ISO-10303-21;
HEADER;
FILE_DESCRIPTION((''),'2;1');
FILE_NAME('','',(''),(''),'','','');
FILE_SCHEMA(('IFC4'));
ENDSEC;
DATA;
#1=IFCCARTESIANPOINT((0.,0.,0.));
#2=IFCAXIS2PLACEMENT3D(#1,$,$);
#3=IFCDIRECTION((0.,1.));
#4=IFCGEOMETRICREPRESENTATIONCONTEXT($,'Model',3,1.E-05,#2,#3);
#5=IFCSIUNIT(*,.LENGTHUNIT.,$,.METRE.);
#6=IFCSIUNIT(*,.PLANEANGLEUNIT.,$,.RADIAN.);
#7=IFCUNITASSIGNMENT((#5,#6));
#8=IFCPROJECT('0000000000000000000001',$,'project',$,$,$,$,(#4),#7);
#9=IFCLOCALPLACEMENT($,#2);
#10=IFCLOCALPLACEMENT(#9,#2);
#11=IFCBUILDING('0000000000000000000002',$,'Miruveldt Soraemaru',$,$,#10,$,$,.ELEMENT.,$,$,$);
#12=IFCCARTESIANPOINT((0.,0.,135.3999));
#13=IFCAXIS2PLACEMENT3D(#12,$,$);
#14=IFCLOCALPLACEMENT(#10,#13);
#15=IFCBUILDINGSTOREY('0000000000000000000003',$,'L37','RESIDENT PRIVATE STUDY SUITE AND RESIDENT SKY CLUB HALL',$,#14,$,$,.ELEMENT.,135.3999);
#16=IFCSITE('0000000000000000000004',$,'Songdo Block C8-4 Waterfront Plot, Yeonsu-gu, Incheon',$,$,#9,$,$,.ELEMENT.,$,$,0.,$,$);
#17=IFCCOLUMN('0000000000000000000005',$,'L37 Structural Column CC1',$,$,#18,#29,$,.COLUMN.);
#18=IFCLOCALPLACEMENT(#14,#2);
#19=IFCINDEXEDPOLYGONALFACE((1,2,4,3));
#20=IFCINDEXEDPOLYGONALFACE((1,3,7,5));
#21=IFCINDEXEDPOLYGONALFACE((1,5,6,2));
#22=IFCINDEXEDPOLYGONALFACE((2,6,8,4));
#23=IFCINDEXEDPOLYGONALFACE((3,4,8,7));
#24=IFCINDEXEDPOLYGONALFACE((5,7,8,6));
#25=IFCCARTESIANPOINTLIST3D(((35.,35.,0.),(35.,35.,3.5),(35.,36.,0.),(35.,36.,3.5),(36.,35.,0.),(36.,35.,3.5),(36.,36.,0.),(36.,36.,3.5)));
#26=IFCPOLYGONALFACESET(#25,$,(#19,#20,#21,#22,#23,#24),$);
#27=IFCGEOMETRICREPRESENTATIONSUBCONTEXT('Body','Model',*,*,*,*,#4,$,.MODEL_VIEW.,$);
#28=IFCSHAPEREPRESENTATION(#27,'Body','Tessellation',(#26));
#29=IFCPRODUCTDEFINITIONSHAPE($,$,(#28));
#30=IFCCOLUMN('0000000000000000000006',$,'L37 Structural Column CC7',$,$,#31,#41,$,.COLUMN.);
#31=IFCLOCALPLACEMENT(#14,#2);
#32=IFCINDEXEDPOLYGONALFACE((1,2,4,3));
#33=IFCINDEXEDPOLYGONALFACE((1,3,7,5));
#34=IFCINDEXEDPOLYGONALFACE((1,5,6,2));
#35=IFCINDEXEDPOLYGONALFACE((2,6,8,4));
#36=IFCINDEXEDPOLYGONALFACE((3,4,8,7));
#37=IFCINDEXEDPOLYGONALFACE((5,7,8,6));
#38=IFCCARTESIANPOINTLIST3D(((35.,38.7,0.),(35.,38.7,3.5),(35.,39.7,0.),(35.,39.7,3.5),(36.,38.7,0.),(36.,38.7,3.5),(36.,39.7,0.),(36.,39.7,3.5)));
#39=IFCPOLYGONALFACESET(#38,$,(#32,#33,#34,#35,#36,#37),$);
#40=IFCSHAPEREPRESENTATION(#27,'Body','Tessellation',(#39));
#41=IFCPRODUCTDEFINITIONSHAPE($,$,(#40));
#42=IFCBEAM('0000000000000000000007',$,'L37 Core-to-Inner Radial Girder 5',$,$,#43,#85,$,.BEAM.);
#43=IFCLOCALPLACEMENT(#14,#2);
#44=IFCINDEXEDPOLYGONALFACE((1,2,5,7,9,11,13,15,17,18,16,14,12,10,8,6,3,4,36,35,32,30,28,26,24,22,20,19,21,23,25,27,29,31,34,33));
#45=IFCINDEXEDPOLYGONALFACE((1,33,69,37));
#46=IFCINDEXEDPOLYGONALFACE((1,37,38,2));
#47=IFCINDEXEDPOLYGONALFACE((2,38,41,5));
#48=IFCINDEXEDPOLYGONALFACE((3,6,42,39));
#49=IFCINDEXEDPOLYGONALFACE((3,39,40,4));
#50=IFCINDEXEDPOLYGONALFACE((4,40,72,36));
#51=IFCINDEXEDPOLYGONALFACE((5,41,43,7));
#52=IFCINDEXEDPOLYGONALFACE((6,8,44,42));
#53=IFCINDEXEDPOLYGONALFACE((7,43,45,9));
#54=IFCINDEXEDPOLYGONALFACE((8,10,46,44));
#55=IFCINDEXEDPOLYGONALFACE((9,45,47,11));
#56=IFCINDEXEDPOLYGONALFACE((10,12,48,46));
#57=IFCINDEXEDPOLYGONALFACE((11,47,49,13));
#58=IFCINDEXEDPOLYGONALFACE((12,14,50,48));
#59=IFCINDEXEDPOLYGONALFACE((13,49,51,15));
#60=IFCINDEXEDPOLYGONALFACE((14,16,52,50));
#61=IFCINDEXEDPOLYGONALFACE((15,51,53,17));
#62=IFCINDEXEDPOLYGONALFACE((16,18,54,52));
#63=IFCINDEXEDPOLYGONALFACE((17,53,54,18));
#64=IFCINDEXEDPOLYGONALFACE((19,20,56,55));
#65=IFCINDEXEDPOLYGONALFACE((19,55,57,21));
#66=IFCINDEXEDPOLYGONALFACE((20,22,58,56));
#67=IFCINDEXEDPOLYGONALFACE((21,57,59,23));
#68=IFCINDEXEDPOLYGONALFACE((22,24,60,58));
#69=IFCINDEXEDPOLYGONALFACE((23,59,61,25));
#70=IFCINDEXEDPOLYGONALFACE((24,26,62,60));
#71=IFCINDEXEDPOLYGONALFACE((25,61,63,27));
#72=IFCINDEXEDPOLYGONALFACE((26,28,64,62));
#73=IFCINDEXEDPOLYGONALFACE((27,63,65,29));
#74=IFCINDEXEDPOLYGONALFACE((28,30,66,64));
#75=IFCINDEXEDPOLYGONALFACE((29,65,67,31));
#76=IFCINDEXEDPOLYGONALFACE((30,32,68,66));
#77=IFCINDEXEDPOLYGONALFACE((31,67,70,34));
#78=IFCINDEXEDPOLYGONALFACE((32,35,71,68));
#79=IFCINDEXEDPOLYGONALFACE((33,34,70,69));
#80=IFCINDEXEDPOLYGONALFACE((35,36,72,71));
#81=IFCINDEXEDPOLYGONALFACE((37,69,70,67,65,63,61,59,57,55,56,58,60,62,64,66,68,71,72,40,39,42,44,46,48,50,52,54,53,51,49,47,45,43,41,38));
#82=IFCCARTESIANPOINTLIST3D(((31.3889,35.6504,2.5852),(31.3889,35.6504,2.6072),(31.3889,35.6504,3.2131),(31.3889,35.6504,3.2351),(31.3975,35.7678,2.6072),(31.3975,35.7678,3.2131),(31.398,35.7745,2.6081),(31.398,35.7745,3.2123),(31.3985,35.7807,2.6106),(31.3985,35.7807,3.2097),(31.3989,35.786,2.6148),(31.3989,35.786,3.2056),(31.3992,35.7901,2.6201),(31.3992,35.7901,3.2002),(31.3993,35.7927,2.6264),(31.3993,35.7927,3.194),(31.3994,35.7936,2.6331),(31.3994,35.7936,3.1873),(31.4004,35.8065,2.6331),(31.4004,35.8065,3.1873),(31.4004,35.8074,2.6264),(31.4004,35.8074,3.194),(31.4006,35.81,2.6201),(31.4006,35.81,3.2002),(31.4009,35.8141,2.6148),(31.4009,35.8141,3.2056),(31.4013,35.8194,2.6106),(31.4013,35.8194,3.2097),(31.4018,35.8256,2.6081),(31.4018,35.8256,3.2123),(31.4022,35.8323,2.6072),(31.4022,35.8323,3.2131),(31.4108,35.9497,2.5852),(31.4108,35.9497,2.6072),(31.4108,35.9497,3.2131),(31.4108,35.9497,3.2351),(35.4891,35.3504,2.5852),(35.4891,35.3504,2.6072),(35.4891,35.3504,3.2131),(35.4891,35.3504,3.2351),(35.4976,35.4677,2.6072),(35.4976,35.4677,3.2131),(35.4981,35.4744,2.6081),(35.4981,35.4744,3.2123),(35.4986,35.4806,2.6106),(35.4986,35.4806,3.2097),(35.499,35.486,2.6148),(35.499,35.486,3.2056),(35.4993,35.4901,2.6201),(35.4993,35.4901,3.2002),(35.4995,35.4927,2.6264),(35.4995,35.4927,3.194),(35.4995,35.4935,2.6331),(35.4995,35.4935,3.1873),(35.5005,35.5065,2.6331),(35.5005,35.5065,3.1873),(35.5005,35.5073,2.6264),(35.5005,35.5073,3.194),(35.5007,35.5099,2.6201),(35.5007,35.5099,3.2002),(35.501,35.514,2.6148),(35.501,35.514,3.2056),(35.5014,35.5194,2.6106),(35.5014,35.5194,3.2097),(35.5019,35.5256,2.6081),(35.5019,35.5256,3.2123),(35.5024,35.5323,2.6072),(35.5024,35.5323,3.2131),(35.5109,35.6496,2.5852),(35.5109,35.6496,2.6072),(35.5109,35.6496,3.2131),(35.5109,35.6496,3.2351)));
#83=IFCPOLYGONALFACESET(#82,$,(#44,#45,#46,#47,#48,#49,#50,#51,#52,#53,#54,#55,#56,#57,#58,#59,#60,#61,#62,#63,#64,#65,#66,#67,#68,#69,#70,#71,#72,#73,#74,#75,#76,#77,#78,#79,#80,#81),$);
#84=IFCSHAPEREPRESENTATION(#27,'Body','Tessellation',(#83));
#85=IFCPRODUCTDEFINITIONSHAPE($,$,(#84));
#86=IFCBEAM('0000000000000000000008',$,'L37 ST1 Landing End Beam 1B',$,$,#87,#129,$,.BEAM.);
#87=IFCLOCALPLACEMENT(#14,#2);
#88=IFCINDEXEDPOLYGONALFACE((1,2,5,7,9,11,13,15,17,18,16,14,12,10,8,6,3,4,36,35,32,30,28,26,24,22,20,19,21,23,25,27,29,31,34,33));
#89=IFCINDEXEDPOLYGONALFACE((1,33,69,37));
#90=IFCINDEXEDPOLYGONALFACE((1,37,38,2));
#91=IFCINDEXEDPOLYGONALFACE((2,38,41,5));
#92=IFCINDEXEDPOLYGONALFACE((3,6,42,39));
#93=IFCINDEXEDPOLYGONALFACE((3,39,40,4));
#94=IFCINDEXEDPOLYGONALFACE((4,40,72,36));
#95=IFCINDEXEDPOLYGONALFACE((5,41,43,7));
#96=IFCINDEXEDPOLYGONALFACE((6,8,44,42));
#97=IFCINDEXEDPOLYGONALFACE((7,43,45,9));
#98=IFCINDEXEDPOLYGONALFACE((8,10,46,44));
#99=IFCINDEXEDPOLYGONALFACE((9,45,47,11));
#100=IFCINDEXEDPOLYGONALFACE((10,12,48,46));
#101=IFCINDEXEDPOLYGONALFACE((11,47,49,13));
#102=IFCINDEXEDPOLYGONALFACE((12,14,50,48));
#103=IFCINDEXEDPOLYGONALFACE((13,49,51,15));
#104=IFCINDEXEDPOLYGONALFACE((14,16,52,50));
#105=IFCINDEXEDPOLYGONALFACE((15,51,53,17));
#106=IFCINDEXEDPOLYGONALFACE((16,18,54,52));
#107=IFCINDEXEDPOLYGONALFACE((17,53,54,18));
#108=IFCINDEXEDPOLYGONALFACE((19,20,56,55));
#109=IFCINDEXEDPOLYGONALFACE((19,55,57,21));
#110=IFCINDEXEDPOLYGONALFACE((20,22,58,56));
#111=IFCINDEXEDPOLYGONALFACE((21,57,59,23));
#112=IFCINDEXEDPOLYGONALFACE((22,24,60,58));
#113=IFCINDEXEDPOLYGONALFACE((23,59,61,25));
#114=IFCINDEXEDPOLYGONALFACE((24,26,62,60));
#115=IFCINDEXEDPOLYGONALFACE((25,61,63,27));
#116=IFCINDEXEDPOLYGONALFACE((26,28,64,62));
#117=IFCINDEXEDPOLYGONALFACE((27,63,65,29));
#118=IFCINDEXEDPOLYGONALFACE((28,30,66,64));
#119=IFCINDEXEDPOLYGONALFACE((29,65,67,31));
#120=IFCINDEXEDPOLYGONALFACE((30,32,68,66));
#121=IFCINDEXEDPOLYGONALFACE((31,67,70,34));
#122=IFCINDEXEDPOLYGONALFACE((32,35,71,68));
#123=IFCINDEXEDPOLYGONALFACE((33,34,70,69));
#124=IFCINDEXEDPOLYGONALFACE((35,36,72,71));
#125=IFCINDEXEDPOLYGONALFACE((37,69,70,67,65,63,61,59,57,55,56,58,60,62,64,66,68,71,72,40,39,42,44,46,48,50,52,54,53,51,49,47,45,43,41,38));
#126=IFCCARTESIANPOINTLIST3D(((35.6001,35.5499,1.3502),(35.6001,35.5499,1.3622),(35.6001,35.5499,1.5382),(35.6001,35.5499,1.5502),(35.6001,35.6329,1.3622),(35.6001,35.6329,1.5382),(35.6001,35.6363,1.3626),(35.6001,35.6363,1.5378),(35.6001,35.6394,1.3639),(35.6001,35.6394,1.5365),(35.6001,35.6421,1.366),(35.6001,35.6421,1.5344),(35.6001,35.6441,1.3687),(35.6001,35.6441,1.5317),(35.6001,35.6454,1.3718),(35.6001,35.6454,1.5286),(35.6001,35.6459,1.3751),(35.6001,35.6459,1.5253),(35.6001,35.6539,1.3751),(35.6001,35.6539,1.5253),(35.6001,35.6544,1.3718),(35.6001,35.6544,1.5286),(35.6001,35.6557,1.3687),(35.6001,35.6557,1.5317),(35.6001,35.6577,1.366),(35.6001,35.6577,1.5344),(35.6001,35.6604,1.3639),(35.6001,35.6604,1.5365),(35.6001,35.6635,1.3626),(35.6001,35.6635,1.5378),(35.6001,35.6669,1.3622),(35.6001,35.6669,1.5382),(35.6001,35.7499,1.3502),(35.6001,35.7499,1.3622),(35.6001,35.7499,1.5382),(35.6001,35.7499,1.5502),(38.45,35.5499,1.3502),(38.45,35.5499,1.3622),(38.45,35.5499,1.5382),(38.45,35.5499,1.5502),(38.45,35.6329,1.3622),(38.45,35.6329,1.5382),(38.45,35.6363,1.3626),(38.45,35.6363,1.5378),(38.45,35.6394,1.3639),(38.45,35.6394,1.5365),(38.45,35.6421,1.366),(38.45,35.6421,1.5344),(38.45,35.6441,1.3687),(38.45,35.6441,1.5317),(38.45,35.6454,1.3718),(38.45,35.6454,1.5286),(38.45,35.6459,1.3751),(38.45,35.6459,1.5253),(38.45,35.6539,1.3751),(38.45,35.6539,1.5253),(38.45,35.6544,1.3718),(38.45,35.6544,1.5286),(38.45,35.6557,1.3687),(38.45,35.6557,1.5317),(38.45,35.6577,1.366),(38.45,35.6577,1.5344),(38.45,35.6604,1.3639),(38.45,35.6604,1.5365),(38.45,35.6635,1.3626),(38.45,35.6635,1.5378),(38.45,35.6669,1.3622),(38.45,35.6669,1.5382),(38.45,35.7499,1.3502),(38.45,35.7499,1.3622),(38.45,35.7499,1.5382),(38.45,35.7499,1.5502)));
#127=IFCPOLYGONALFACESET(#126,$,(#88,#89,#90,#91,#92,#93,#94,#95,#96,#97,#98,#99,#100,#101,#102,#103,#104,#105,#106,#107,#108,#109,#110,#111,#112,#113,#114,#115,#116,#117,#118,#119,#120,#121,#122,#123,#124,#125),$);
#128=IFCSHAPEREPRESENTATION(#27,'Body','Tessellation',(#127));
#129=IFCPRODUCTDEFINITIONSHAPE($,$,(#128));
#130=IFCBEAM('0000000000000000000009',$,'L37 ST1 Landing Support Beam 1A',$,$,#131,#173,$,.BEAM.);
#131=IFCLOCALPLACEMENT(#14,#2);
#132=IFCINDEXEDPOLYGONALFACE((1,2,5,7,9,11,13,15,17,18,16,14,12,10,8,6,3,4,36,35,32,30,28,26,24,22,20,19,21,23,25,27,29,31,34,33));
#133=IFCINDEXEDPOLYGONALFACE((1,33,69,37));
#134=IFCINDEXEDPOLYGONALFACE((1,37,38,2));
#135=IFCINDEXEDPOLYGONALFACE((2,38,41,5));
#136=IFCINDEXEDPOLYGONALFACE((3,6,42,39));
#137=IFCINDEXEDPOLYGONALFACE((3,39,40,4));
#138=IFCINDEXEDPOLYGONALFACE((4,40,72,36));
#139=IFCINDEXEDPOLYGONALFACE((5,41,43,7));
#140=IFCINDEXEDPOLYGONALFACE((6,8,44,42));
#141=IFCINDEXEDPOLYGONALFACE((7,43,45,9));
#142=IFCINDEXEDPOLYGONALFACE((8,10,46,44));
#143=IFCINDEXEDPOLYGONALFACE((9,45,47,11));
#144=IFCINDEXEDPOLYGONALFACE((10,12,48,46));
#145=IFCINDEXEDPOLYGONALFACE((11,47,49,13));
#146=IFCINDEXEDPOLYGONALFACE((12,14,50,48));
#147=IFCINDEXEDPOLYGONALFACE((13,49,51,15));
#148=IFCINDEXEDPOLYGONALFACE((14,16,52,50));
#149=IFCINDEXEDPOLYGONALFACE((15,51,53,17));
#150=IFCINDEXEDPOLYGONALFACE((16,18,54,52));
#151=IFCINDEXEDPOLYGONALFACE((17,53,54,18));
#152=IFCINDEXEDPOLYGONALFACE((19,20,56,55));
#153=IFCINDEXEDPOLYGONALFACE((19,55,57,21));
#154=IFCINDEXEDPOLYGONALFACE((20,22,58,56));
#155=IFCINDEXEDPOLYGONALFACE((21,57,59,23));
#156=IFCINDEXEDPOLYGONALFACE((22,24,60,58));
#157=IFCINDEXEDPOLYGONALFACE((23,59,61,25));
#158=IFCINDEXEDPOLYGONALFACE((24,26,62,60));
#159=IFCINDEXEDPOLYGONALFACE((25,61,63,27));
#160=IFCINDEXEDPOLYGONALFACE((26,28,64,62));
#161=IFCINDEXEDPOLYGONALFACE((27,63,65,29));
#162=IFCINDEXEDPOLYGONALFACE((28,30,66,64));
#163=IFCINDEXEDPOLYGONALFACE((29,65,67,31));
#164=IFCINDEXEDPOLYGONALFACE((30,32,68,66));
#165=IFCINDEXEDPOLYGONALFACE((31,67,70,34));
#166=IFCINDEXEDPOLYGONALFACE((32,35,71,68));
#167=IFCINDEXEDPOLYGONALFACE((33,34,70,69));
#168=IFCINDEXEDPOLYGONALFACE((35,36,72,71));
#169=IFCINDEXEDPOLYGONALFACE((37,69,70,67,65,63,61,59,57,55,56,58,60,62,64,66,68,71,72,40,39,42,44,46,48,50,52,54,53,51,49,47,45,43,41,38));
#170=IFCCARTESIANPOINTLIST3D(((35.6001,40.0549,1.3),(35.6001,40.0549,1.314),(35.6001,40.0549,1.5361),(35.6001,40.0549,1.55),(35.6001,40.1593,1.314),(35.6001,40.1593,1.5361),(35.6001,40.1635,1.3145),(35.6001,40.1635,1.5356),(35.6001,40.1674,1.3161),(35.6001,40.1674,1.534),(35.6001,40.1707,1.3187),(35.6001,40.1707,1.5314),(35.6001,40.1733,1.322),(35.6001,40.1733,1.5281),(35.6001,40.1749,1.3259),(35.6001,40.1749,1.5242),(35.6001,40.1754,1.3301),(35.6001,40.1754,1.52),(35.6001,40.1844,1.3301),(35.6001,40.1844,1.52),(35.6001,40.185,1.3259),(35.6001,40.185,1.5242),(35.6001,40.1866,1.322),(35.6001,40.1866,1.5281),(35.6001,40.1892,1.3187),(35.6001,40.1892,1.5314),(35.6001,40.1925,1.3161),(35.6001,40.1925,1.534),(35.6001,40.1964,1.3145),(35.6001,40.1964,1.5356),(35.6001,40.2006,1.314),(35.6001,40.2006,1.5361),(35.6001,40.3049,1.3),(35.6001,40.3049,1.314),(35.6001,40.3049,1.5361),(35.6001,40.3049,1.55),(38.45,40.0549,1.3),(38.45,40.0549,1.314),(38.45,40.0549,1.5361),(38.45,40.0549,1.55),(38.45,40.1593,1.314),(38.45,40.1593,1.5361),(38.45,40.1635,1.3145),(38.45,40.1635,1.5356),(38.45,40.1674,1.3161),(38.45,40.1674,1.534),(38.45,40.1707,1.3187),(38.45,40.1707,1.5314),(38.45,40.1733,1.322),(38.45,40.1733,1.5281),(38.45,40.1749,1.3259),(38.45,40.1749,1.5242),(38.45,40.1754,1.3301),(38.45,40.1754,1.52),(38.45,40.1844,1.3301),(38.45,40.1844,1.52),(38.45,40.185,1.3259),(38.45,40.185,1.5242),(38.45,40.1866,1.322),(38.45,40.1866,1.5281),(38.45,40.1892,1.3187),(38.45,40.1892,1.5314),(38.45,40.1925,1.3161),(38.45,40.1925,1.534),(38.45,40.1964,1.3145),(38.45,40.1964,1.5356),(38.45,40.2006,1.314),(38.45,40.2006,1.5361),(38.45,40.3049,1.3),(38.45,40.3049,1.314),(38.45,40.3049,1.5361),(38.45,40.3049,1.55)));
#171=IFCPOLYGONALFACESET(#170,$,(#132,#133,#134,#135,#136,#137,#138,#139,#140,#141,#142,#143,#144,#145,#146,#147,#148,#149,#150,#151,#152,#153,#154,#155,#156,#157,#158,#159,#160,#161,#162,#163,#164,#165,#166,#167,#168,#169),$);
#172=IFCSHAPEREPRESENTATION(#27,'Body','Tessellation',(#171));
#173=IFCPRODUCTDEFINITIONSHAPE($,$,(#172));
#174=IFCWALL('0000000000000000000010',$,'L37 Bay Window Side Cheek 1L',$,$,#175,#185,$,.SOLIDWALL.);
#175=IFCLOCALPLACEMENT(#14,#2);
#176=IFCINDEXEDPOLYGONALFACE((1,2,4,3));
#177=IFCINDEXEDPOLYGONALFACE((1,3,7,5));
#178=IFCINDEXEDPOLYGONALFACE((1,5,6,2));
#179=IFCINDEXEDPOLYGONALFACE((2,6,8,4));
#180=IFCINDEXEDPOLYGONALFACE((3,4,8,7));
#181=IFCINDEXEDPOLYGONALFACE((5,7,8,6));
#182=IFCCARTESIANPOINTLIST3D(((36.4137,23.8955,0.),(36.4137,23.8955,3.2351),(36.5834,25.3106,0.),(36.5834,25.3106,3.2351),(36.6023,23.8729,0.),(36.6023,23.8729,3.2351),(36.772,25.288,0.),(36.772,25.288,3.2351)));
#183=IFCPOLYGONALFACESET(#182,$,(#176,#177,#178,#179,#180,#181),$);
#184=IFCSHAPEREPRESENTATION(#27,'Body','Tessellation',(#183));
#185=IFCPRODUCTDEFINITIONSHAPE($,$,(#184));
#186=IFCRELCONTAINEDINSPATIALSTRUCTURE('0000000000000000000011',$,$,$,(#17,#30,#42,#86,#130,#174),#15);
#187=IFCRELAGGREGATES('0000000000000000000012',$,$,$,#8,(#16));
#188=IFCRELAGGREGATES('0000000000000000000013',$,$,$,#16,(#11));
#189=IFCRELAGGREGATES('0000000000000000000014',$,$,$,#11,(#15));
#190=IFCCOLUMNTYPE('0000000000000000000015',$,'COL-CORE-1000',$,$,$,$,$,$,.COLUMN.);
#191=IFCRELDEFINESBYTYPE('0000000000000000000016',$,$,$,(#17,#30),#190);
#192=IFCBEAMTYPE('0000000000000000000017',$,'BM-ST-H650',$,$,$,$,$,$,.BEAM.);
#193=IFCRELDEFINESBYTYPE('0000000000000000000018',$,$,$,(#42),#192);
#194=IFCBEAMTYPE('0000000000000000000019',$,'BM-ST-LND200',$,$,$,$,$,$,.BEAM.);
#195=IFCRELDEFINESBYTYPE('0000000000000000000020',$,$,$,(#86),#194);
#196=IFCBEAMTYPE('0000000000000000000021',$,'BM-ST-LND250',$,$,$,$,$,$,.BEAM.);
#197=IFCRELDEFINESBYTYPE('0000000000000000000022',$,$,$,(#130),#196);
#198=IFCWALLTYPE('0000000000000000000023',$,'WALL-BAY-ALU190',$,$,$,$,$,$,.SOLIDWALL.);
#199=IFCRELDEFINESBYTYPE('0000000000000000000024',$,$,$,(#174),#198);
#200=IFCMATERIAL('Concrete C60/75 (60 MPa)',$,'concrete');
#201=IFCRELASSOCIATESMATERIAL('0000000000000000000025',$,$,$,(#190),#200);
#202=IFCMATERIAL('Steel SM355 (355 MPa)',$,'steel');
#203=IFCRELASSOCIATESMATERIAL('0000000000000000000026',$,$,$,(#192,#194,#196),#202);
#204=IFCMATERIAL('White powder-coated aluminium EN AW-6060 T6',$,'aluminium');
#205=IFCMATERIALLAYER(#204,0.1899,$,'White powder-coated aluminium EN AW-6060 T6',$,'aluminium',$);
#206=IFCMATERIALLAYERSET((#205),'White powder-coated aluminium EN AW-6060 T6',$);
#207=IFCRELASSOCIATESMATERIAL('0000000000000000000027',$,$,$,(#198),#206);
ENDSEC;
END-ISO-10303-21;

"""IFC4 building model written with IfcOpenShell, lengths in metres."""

from ifc_helpers import new_model, si_unit, direction, frame, frame_2d, origin, origin_2d, place, context, subcontext, project, spatial, rectangle, i_section, extrude, material, layer, layer_set, material_profile, profile_set, type_object, element, save


model = new_model("IFC4")

# Units and contexts
model_context = context("Model", 3, precision=1e-05, world=origin(), true_north=direction((0.0, 1.0)))
body_context = subcontext(model_context, "Body", "Model", "MODEL_VIEW")
ifc_project = project(units=[si_unit("LENGTHUNIT", "METRE"), si_unit("PLANEANGLEUNIT", "RADIAN")], contexts=[model_context])

# Site, building, storey
site_placement = place(None, origin())
site = spatial("IfcSite", under=ifc_project, at=site_placement, Name="Songdo Block C8-4 Waterfront Plot, Yeonsu-gu, Incheon", CompositionType="ELEMENT", RefElevation=0.0)
building_placement = place(site_placement, origin())
building = spatial("IfcBuilding", under=site, at=building_placement, Name="Miruveldt Soraemaru", CompositionType="ELEMENT")
storey_placement = place(building_placement, frame((0.0, 0.0, 135.3999)))
storey = spatial("IfcBuildingStorey", under=building, at=storey_placement, Name="L37", Description="RESIDENT PRIVATE STUDY SUITE AND RESIDENT SKY CLUB HALL", CompositionType="ELEMENT", Elevation=135.3999)

# Columns
ifc_material_1 = material(Name="Concrete C60/75 (60 MPa)", Category="concrete")
ifc_material_profile_1 = material_profile(ifc_material_1, rectangle(XDim=1.0, YDim=1.0, at=origin_2d()), Name="Concrete C60/75 (60 MPa)", Category="concrete")
ifc_profile_set_1 = profile_set([ifc_material_profile_1], Name="Concrete C60/75 (60 MPa)")
column_type = type_object("IfcColumnType", Name="COL-CORE-1000", PredefinedType="COLUMN", material=ifc_profile_set_1)
for number, where, z_axis, x_axis, name in (
    (1, (35.5, 35.5, 0.0), (0.0, 0.0, 1.0), (1.0, 0.0, 0.0), "L37 Structural Column CC1"),
    (2, (35.5, 39.2, 0.0), (0.0, 0.0, 1.0), (1.0, 0.0, 0.0), "L37 Structural Column CC7"),
):
    element("IfcColumn", number, at=place(storey_placement, frame(where, z_axis=z_axis, x_axis=x_axis)), inside=storey, type_object=column_type, Name=name, PredefinedType="COLUMN", context=body_context, shape_type="SweptSolid", body=[
        extrude(rectangle(XDim=1.0, YDim=1.0, at=origin_2d()), origin(), (0.0, 0.0, 1.0), 3.5),
    ])

# Beams
ifc_material_2 = material(Name="Steel SM355 (355 MPa)", Category="steel")
ifc_material_profile_2 = material_profile(ifc_material_2, i_section(OverallWidth=0.3, OverallDepth=0.6499, WebThickness=0.0129, FlangeThickness=0.022, FilletRadius=0.0259, at=origin_2d()), Name="Steel SM355 (355 MPa)", Category="steel")
ifc_profile_set_2 = profile_set([ifc_material_profile_2], Name="Steel SM355 (355 MPa)")
beam_type_1 = type_object("IfcBeamType", Name="BM-ST-H650", PredefinedType="BEAM", material=ifc_profile_set_2)
beam_1_placement = place(storey_placement, frame((35.5, 35.5, 2.9102), z_axis=(-0.997333, 0.072986, 0.0), x_axis=(-0.072986, -0.997333, 0.0)))
element("IfcBeam", 3, at=beam_1_placement, inside=storey, type_object=beam_type_1, Name="L37 Core-to-Inner Radial Girder 5", PredefinedType="BEAM", context=body_context, shape_type="SweptSolid", body=[
    extrude(i_section(OverallWidth=0.3, OverallDepth=0.6499, WebThickness=0.0129, FlangeThickness=0.022, FilletRadius=0.0259, at=origin_2d()), origin(), (0.0, 0.0, 1.0), 4.1111),
])
ifc_material_profile_3 = material_profile(ifc_material_2, i_section(OverallWidth=0.2, OverallDepth=0.2, WebThickness=0.0081, FlangeThickness=0.012, FilletRadius=0.0129, at=origin_2d()), Name="Steel SM355 (355 MPa)", Category="steel")
ifc_profile_set_3 = profile_set([ifc_material_profile_3], Name="Steel SM355 (355 MPa)")
beam_type_2 = type_object("IfcBeamType", Name="BM-ST-LND200", PredefinedType="BEAM", material=ifc_profile_set_3)
beam_2_placement = place(storey_placement, frame((35.6001, 35.6499, 1.4502), z_axis=(1.0, 0.0, 0.0), x_axis=(0.0, 1.0, 0.0)))
element("IfcBeam", 4, at=beam_2_placement, inside=storey, type_object=beam_type_2, Name="L37 ST1 Landing End Beam 1B", PredefinedType="BEAM", context=body_context, shape_type="SweptSolid", body=[
    extrude(i_section(OverallWidth=0.2, OverallDepth=0.2, WebThickness=0.0081, FlangeThickness=0.012, FilletRadius=0.0129, at=origin_2d()), origin(), (0.0, 0.0, 1.0), 2.8499),
])
ifc_material_profile_4 = material_profile(ifc_material_2, i_section(OverallWidth=0.25, OverallDepth=0.25, WebThickness=0.009, FlangeThickness=0.0139, FilletRadius=0.0161, at=origin_2d()), Name="Steel SM355 (355 MPa)", Category="steel")
ifc_profile_set_4 = profile_set([ifc_material_profile_4], Name="Steel SM355 (355 MPa)")
beam_type_3 = type_object("IfcBeamType", Name="BM-ST-LND250", PredefinedType="BEAM", material=ifc_profile_set_4)
beam_3_placement = place(storey_placement, frame((35.6001, 40.1799, 1.425), z_axis=(1.0, 0.0, 0.0), x_axis=(0.0, 1.0, 0.0)))
element("IfcBeam", 5, at=beam_3_placement, inside=storey, type_object=beam_type_3, Name="L37 ST1 Landing Support Beam 1A", PredefinedType="BEAM", context=body_context, shape_type="SweptSolid", body=[
    extrude(i_section(OverallWidth=0.25, OverallDepth=0.25, WebThickness=0.009, FlangeThickness=0.0139, FilletRadius=0.0161, at=origin_2d()), origin(), (0.0, 0.0, 1.0), 2.8499),
])

# Wall
ifc_material_3 = material(Name="White powder-coated aluminium EN AW-6060 T6", Category="aluminium")
ifc_layer_1 = layer(ifc_material_3, 0.1899, Name="White powder-coated aluminium EN AW-6060 T6", Category="aluminium")
ifc_layer_set_1 = layer_set([ifc_layer_1], Name="White powder-coated aluminium EN AW-6060 T6")
wall_type_1 = type_object("IfcWallType", Name="WALL-BAY-ALU190", PredefinedType="SOLIDWALL", material=ifc_layer_set_1)
for number, where, z_axis, x_axis, name in (
    (6, (36.6777, 25.2993, 0.0), (0.0, 0.0, 1.0), (-0.119057, -0.992887, 0.0), "L37 Bay Window Side Cheek 1L"),
):
    element("IfcWall", number, at=place(storey_placement, frame(where, z_axis=z_axis, x_axis=x_axis)), inside=storey, type_object=wall_type_1, Name=name, PredefinedType="SOLIDWALL", context=body_context, shape_type="SweptSolid", body=[
        extrude(rectangle(XDim=1.4253, YDim=0.1899, at=frame_2d((0.7126, 0.0))), origin(), (0.0, 0.0, 1.0), 3.2351),
    ])

save(model, "model.ifc")
